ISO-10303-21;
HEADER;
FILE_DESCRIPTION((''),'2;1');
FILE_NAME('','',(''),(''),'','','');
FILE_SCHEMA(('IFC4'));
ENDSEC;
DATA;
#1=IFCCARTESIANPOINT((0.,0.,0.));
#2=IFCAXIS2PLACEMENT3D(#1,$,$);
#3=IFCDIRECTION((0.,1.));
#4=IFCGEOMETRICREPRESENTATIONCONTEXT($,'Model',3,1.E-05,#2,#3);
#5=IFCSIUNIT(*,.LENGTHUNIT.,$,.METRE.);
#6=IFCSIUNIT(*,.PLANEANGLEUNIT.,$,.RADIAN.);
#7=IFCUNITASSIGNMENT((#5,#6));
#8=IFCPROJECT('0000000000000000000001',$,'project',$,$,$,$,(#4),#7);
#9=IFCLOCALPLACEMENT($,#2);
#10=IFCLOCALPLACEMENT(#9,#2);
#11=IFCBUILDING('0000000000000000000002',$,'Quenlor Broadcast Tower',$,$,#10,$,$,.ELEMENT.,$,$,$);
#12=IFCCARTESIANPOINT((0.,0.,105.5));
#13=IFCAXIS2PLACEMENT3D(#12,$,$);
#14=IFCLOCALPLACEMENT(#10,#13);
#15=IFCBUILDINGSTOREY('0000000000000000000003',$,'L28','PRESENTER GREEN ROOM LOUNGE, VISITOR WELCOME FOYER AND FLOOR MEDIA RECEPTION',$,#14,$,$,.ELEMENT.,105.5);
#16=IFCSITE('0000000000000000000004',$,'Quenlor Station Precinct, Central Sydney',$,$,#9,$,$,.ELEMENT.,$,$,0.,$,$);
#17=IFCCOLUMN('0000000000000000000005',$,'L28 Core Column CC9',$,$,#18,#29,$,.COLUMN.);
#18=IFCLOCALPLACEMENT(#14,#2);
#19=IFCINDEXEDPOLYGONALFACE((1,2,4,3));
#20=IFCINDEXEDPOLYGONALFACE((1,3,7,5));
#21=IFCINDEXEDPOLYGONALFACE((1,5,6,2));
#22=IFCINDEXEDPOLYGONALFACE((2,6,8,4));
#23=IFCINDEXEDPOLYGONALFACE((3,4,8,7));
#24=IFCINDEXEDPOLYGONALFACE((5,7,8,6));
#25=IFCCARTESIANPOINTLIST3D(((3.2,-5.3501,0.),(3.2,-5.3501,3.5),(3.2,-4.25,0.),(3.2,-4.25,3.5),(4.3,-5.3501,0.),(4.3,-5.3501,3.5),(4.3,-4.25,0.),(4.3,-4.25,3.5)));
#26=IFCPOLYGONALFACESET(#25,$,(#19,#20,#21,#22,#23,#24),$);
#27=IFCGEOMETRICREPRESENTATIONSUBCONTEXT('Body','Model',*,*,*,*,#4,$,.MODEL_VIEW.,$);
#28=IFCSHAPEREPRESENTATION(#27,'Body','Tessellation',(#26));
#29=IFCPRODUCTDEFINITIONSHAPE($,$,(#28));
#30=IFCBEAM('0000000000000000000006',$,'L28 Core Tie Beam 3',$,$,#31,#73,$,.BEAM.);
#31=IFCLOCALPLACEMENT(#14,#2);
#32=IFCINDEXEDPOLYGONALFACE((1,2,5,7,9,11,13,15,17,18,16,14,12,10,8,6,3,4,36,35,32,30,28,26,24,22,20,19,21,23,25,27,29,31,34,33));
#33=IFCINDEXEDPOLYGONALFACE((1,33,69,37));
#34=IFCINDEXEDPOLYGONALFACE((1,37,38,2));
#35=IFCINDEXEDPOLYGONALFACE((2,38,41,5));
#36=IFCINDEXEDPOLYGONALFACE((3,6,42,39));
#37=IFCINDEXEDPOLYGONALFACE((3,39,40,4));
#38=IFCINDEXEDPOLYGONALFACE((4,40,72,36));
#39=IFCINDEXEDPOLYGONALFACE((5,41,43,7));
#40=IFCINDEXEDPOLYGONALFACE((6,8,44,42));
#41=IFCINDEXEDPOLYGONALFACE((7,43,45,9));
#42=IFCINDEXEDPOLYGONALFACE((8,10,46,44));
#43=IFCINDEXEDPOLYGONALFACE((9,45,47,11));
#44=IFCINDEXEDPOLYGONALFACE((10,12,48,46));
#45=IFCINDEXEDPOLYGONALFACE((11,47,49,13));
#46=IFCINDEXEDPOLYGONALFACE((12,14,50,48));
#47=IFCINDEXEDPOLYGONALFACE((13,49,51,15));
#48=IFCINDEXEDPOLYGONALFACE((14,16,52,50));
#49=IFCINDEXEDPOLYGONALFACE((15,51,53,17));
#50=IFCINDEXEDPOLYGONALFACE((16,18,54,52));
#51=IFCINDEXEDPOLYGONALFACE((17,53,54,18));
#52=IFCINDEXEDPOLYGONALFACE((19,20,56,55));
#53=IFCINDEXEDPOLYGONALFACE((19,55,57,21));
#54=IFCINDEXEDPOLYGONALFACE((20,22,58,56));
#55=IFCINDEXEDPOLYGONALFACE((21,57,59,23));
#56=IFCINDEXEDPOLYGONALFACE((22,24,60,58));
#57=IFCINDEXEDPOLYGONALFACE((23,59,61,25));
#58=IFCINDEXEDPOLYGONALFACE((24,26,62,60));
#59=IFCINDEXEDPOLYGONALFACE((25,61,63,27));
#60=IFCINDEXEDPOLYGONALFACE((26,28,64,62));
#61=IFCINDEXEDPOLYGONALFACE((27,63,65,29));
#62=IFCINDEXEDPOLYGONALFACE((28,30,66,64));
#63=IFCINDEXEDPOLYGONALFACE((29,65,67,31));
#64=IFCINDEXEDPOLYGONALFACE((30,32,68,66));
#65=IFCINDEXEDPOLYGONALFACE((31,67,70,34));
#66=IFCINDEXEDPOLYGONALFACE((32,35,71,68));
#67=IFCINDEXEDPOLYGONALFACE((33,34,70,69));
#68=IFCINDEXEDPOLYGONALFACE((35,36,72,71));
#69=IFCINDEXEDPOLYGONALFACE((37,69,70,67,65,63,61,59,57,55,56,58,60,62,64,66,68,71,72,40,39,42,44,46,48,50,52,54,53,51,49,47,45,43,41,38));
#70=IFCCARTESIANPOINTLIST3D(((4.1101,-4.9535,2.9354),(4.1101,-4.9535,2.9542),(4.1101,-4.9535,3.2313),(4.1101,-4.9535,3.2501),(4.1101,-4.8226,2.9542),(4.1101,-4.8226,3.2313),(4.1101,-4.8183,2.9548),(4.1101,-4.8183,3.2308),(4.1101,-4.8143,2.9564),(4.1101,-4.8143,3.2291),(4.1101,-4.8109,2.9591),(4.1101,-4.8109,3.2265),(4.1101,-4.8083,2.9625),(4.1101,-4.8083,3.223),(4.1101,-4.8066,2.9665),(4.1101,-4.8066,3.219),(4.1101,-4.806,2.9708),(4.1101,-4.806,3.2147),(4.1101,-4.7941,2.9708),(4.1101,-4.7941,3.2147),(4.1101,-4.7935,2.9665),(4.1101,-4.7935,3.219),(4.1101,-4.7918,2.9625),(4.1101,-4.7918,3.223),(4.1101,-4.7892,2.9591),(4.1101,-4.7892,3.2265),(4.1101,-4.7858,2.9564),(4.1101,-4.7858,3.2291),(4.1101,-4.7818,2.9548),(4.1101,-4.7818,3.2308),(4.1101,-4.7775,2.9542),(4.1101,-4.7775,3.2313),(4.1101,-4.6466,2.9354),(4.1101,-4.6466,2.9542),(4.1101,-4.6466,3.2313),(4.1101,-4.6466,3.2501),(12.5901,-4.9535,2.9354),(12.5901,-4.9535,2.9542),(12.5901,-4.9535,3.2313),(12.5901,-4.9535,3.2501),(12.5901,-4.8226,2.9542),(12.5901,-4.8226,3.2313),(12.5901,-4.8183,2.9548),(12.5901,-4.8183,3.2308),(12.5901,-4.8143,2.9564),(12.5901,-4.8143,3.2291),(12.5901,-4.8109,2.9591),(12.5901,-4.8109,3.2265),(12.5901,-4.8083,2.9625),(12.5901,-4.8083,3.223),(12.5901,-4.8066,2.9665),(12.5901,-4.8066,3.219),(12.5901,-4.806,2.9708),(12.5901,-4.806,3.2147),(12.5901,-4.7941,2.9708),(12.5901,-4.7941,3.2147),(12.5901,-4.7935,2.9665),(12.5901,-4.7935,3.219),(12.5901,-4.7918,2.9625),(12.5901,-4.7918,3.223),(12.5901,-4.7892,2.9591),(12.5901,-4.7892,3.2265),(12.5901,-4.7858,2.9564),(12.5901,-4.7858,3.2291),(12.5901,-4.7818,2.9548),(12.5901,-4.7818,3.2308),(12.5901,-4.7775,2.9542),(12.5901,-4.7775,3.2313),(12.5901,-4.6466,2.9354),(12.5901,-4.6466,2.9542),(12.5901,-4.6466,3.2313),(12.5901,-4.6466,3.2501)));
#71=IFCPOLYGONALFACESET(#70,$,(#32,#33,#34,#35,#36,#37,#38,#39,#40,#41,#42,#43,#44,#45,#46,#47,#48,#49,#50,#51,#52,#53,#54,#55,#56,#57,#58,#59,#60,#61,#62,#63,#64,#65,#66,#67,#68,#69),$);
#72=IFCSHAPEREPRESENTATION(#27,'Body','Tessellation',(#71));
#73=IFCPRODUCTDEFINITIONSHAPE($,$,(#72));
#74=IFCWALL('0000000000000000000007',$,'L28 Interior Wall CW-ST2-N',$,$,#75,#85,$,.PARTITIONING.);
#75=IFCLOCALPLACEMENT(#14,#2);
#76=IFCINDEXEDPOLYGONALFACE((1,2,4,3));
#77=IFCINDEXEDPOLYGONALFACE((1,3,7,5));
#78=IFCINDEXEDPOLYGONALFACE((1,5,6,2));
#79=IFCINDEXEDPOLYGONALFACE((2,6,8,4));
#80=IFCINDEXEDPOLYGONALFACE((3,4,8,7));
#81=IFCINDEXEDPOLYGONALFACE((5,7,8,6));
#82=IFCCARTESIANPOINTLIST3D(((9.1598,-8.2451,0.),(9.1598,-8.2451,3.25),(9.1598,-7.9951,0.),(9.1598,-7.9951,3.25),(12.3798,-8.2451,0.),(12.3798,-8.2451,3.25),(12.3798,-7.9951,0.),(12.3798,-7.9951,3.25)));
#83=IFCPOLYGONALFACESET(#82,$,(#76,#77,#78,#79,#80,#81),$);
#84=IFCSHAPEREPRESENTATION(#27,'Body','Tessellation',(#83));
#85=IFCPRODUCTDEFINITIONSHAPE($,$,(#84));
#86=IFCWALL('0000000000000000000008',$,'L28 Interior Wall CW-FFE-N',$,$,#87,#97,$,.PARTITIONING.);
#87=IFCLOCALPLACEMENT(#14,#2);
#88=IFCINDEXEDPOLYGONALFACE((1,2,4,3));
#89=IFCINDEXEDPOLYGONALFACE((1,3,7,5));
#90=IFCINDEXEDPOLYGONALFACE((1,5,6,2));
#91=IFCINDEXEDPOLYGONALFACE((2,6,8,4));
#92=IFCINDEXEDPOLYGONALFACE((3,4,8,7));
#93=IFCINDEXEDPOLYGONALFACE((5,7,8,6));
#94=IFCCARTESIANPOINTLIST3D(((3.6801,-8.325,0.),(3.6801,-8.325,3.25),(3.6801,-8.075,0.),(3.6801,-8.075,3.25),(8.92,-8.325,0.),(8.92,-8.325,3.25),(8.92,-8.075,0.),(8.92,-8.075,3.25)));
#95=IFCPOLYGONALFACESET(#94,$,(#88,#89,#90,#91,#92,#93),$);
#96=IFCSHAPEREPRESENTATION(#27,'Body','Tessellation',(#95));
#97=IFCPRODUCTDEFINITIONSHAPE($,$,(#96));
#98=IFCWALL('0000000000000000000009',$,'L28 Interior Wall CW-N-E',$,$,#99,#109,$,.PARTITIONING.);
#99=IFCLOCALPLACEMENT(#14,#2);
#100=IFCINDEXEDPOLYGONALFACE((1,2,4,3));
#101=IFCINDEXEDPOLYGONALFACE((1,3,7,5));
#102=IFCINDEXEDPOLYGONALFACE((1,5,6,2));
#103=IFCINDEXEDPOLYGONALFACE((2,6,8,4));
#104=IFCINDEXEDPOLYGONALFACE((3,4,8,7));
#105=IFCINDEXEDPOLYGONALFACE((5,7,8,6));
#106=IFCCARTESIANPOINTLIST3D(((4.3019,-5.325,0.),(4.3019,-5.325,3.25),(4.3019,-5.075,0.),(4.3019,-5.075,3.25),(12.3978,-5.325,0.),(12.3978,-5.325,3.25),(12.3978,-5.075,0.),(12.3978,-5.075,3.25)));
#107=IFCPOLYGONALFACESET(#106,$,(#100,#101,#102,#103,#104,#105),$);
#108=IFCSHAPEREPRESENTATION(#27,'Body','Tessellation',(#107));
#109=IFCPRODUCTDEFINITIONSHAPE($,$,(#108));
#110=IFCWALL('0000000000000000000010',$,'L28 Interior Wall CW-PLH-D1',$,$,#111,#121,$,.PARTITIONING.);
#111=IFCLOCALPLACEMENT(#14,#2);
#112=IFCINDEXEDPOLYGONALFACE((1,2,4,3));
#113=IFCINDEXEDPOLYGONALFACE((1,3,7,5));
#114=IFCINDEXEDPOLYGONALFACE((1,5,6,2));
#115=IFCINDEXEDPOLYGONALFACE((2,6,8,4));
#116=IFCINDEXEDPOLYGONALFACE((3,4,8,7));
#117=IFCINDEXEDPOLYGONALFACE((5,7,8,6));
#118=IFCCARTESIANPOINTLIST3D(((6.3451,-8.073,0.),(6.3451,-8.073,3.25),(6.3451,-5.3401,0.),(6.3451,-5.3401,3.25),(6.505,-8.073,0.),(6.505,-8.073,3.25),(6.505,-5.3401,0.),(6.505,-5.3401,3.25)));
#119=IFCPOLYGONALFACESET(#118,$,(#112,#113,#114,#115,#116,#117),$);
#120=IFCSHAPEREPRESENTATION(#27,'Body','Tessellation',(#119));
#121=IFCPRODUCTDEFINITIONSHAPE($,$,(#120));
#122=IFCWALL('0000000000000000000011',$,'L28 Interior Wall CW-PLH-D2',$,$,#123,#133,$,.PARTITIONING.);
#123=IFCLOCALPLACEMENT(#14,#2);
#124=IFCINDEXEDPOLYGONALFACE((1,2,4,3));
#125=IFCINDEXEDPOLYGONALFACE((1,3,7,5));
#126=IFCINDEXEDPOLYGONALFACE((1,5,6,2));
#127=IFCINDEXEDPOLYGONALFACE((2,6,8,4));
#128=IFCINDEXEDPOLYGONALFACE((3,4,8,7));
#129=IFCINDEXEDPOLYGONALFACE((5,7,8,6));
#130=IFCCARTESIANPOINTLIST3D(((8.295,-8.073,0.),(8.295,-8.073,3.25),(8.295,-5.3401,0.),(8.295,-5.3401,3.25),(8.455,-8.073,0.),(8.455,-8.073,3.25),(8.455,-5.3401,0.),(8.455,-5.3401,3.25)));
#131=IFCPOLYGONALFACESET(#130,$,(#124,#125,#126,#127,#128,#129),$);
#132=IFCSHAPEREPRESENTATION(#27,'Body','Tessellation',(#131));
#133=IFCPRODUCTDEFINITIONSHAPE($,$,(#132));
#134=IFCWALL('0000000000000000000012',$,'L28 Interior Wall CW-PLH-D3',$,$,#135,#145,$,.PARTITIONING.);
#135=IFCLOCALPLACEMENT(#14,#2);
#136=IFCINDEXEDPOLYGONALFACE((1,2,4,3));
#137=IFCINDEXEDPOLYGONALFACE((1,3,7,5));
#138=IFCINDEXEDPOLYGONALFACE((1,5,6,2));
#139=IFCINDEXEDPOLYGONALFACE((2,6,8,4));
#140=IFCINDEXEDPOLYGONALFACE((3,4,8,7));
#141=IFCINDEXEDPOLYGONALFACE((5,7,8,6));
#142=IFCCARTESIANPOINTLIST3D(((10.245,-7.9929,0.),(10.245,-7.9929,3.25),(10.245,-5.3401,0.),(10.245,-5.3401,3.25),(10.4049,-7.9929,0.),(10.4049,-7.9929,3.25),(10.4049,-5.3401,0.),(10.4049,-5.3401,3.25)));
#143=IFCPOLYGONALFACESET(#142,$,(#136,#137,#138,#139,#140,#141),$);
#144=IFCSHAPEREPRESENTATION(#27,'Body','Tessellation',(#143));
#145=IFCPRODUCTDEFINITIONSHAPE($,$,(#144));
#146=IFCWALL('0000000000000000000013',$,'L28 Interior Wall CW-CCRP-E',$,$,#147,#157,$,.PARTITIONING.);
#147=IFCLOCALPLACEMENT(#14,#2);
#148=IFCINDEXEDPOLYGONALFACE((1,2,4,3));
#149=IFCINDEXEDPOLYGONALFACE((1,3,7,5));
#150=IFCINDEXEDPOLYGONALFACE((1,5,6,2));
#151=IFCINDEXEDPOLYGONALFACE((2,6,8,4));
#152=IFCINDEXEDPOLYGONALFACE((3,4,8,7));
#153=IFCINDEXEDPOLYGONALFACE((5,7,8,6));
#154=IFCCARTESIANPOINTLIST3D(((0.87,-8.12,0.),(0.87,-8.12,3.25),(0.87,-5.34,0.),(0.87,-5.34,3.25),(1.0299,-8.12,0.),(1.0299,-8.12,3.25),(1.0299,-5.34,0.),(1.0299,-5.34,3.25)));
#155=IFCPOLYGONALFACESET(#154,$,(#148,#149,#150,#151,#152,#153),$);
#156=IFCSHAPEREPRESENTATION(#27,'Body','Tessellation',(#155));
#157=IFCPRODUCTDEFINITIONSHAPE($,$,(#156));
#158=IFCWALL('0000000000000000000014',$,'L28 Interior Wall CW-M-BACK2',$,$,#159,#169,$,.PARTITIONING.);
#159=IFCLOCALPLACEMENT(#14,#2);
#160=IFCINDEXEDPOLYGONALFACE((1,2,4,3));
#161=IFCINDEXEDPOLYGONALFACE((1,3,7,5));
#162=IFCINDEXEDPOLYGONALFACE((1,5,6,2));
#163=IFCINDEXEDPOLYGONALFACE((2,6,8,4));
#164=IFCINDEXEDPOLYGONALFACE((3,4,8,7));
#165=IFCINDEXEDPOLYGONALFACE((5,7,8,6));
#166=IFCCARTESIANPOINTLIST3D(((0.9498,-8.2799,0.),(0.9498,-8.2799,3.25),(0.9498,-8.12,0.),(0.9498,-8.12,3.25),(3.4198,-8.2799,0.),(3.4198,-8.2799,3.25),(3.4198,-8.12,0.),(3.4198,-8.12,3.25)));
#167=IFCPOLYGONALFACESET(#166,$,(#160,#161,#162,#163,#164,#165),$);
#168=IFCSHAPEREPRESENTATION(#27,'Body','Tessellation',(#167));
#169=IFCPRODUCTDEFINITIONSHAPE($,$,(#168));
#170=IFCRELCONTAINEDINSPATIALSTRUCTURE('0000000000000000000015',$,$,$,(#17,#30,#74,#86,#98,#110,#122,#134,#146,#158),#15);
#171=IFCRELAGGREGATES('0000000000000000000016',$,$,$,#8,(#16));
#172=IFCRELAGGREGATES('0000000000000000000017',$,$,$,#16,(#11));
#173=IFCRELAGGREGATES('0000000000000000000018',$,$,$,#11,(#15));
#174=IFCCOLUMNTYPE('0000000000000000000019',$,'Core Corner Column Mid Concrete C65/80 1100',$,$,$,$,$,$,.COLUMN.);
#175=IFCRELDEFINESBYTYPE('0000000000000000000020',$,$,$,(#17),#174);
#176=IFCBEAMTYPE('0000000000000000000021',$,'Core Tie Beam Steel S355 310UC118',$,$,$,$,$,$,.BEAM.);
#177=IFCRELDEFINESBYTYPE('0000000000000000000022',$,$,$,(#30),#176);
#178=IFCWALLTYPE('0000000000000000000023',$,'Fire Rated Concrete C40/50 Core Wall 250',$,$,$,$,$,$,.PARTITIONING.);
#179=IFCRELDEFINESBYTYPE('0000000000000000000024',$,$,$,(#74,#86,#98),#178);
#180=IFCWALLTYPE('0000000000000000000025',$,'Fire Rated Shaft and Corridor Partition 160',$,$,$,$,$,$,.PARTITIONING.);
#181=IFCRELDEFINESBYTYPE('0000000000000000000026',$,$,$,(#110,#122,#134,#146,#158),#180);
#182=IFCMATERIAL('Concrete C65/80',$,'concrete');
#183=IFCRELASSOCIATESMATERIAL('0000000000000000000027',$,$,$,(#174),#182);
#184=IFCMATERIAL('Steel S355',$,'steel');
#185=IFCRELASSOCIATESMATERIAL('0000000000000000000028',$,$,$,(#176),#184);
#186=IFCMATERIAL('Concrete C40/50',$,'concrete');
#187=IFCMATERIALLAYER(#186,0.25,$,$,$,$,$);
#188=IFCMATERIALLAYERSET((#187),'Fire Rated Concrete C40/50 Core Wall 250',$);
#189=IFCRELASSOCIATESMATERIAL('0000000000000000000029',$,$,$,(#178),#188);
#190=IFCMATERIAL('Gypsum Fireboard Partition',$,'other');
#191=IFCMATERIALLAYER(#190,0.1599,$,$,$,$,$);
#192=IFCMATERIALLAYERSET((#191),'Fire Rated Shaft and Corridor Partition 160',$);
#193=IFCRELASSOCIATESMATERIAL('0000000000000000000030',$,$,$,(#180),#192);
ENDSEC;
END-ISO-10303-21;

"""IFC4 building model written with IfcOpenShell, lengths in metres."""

from ifc_helpers import new_model, si_unit, direction, frame, frame_2d, origin, origin_2d, place, context, subcontext, project, spatial, rectangle, i_section, extrude, material, layer, layer_set, material_profile, profile_set, type_object, element, save


model = new_model("IFC4")

# Units and contexts
model_context = context("Model", 3, precision=1e-05, world=origin(), true_north=direction((0.0, 1.0)))
body_context = subcontext(model_context, "Body", "Model", "MODEL_VIEW")
ifc_project = project(units=[si_unit("LENGTHUNIT", "METRE"), si_unit("PLANEANGLEUNIT", "RADIAN")], contexts=[model_context])

# Site, building, storey
site_placement = place(None, origin())
site = spatial("IfcSite", under=ifc_project, at=site_placement, Name="Quenlor Station Precinct, Central Sydney", CompositionType="ELEMENT", RefElevation=0.0)
building_placement = place(site_placement, origin())
building = spatial("IfcBuilding", under=site, at=building_placement, Name="Quenlor Broadcast Tower", CompositionType="ELEMENT")
storey_placement = place(building_placement, frame((0.0, 0.0, 105.5)))
storey = spatial("IfcBuildingStorey", under=building, at=storey_placement, Name="L28", Description="PRESENTER GREEN ROOM LOUNGE, VISITOR WELCOME FOYER AND FLOOR MEDIA RECEPTION", CompositionType="ELEMENT", Elevation=105.5)

# Column
ifc_material_1 = material(Name="Concrete C65/80", Category="concrete")
ifc_material_profile_1 = material_profile(ifc_material_1, rectangle(XDim=1.1001, YDim=1.1001, at=origin_2d()))
ifc_profile_set_1 = profile_set([ifc_material_profile_1], Name="Concrete C65/80 RC1100x1100")
column_type = type_object("IfcColumnType", Name="Core Corner Column Mid Concrete C65/80 1100", PredefinedType="COLUMN", material=ifc_profile_set_1)
column_placement = place(storey_placement, frame((3.75, -4.8, 0.0), z_axis=(0.0, 0.0, 1.0), x_axis=(1.0, 0.0, 0.0)))
element("IfcColumn", 1, at=column_placement, inside=storey, type_object=column_type, Name="L28 Core Column CC9", PredefinedType="COLUMN", context=body_context, shape_type="SweptSolid", body=[
    extrude(rectangle(XDim=1.1001, YDim=1.1001, at=origin_2d()), origin(), (0.0, 0.0, 1.0), 3.5),
])

# Beam
ifc_material_2 = material(Name="Steel S355", Category="steel")
ifc_material_profile_2 = material_profile(ifc_material_2, i_section(OverallWidth=0.3069, OverallDepth=0.3147, WebThickness=0.012, FlangeThickness=0.0188, FilletRadius=0.0166, at=origin_2d()))
ifc_profile_set_2 = profile_set([ifc_material_profile_2], Name="Steel S355 310UC118")
beam_type = type_object("IfcBeamType", Name="Core Tie Beam Steel S355 310UC118", PredefinedType="BEAM", material=ifc_profile_set_2)
beam_placement = place(storey_placement, frame((4.1101, -4.8, 3.0928), z_axis=(1.0, 0.0, 0.0), x_axis=(0.0, 1.0, 0.0)))
element("IfcBeam", 2, at=beam_placement, inside=storey, type_object=beam_type, Name="L28 Core Tie Beam 3", PredefinedType="BEAM", context=body_context, shape_type="SweptSolid", body=[
    extrude(i_section(OverallWidth=0.3069, OverallDepth=0.3147, WebThickness=0.012, FlangeThickness=0.0188, FilletRadius=0.0166, at=origin_2d()), origin(), (0.0, 0.0, 1.0), 8.48),
])

# Walls
ifc_material_3 = material(Name="Concrete C40/50", Category="concrete")
ifc_layer_1 = layer(ifc_material_3, 0.25)
ifc_layer_set_1 = layer_set([ifc_layer_1], Name="Fire Rated Concrete C40/50 Core Wall 250")
wall_type_1 = type_object("IfcWallType", Name="Fire Rated Concrete C40/50 Core Wall 250", PredefinedType="PARTITIONING", material=ifc_layer_set_1)
wall_1_placement = place(storey_placement, frame((9.1599, -8.1201, 0.0), z_axis=(0.0, 0.0, 1.0), x_axis=(1.0, 0.0, 0.0)))
element("IfcWall", 3, at=wall_1_placement, inside=storey, type_object=wall_type_1, Name="L28 Interior Wall CW-ST2-N", PredefinedType="PARTITIONING", context=body_context, shape_type="SweptSolid", body=[
    extrude(rectangle(XDim=3.22, YDim=0.25, at=frame_2d((1.6099, 0.0))), origin(), (0.0, 0.0, 1.0), 3.25),
])
wall_2_placement = place(storey_placement, frame((3.6799, -8.2, 0.0), z_axis=(0.0, 0.0, 1.0), x_axis=(1.0, 0.0, 0.0)))
element("IfcWall", 4, at=wall_2_placement, inside=storey, type_object=wall_type_1, Name="L28 Interior Wall CW-FFE-N", PredefinedType="PARTITIONING", context=body_context, shape_type="SweptSolid", body=[
    extrude(rectangle(XDim=5.24, YDim=0.25, at=frame_2d((2.6201, 0.0))), origin(), (0.0, 0.0, 1.0), 3.25),
])
wall_3_placement = place(storey_placement, frame((4.302, -5.2, 0.0), z_axis=(0.0, 0.0, 1.0), x_axis=(1.0, 0.0, 0.0)))
element("IfcWall", 5, at=wall_3_placement, inside=storey, type_object=wall_type_1, Name="L28 Interior Wall CW-N-E", PredefinedType="PARTITIONING", context=body_context, shape_type="SweptSolid", body=[
    extrude(rectangle(XDim=8.0959, YDim=0.25, at=frame_2d((4.0479, 0.0))), origin(), (0.0, 0.0, 1.0), 3.25),
])

# Walls
ifc_material_4 = material(Name="Gypsum Fireboard Partition", Category="other")
ifc_layer_2 = layer(ifc_material_4, 0.1599)
ifc_layer_set_2 = layer_set([ifc_layer_2], Name="Fire Rated Shaft and Corridor Partition 160")
wall_type_2 = type_object("IfcWallType", Name="Fire Rated Shaft and Corridor Partition 160", PredefinedType="PARTITIONING", material=ifc_layer_set_2)
for number, where, z_axis, x_axis, name in (
    (6, (6.425, -8.073, 0.0), (0.0, 0.0, 1.0), (0.0, 1.0, 0.0), "L28 Interior Wall CW-PLH-D1"),
    (7, (8.375, -8.073, 0.0), (0.0, 0.0, 1.0), (0.0, 1.0, 0.0), "L28 Interior Wall CW-PLH-D2"),
):
    element("IfcWall", number, at=place(storey_placement, frame(where, z_axis=z_axis, x_axis=x_axis)), inside=storey, type_object=wall_type_2, Name=name, PredefinedType="PARTITIONING", context=body_context, shape_type="SweptSolid", body=[
        extrude(rectangle(XDim=2.7329, YDim=0.1599, at=frame_2d((1.3665, 0.0))), origin(), (0.0, 0.0, 1.0), 3.25),
    ])
wall_4_placement = place(storey_placement, frame((10.325, -7.9929, 0.0), z_axis=(0.0, 0.0, 1.0), x_axis=(0.0, 1.0, 0.0)))
element("IfcWall", 8, at=wall_4_placement, inside=storey, type_object=wall_type_2, Name="L28 Interior Wall CW-PLH-D3", PredefinedType="PARTITIONING", context=body_context, shape_type="SweptSolid", body=[
    extrude(rectangle(XDim=2.6528, YDim=0.1599, at=frame_2d((1.3264, 0.0))), origin(), (0.0, 0.0, 1.0), 3.25),
])
wall_5_placement = place(storey_placement, frame((0.95, -8.1201, 0.0), z_axis=(0.0, 0.0, 1.0), x_axis=(0.0, 1.0, 0.0)))
element("IfcWall", 9, at=wall_5_placement, inside=storey, type_object=wall_type_2, Name="L28 Interior Wall CW-CCRP-E", PredefinedType="PARTITIONING", context=body_context, shape_type="SweptSolid", body=[
    extrude(rectangle(XDim=2.78, YDim=0.1599, at=frame_2d((1.3901, 0.0))), origin(), (0.0, 0.0, 1.0), 3.25),
])
wall_6_placement = place(storey_placement, frame((0.95, -8.2, 0.0), z_axis=(0.0, 0.0, 1.0), x_axis=(1.0, 0.0, 0.0)))
element("IfcWall", 10, at=wall_6_placement, inside=storey, type_object=wall_type_2, Name="L28 Interior Wall CW-M-BACK2", PredefinedType="PARTITIONING", context=body_context, shape_type="SweptSolid", body=[
    extrude(rectangle(XDim=2.47, YDim=0.1599, at=frame_2d((1.2349, 0.0))), origin(), (0.0, 0.0, 1.0), 3.25),
])

save(model, "model.ifc")
